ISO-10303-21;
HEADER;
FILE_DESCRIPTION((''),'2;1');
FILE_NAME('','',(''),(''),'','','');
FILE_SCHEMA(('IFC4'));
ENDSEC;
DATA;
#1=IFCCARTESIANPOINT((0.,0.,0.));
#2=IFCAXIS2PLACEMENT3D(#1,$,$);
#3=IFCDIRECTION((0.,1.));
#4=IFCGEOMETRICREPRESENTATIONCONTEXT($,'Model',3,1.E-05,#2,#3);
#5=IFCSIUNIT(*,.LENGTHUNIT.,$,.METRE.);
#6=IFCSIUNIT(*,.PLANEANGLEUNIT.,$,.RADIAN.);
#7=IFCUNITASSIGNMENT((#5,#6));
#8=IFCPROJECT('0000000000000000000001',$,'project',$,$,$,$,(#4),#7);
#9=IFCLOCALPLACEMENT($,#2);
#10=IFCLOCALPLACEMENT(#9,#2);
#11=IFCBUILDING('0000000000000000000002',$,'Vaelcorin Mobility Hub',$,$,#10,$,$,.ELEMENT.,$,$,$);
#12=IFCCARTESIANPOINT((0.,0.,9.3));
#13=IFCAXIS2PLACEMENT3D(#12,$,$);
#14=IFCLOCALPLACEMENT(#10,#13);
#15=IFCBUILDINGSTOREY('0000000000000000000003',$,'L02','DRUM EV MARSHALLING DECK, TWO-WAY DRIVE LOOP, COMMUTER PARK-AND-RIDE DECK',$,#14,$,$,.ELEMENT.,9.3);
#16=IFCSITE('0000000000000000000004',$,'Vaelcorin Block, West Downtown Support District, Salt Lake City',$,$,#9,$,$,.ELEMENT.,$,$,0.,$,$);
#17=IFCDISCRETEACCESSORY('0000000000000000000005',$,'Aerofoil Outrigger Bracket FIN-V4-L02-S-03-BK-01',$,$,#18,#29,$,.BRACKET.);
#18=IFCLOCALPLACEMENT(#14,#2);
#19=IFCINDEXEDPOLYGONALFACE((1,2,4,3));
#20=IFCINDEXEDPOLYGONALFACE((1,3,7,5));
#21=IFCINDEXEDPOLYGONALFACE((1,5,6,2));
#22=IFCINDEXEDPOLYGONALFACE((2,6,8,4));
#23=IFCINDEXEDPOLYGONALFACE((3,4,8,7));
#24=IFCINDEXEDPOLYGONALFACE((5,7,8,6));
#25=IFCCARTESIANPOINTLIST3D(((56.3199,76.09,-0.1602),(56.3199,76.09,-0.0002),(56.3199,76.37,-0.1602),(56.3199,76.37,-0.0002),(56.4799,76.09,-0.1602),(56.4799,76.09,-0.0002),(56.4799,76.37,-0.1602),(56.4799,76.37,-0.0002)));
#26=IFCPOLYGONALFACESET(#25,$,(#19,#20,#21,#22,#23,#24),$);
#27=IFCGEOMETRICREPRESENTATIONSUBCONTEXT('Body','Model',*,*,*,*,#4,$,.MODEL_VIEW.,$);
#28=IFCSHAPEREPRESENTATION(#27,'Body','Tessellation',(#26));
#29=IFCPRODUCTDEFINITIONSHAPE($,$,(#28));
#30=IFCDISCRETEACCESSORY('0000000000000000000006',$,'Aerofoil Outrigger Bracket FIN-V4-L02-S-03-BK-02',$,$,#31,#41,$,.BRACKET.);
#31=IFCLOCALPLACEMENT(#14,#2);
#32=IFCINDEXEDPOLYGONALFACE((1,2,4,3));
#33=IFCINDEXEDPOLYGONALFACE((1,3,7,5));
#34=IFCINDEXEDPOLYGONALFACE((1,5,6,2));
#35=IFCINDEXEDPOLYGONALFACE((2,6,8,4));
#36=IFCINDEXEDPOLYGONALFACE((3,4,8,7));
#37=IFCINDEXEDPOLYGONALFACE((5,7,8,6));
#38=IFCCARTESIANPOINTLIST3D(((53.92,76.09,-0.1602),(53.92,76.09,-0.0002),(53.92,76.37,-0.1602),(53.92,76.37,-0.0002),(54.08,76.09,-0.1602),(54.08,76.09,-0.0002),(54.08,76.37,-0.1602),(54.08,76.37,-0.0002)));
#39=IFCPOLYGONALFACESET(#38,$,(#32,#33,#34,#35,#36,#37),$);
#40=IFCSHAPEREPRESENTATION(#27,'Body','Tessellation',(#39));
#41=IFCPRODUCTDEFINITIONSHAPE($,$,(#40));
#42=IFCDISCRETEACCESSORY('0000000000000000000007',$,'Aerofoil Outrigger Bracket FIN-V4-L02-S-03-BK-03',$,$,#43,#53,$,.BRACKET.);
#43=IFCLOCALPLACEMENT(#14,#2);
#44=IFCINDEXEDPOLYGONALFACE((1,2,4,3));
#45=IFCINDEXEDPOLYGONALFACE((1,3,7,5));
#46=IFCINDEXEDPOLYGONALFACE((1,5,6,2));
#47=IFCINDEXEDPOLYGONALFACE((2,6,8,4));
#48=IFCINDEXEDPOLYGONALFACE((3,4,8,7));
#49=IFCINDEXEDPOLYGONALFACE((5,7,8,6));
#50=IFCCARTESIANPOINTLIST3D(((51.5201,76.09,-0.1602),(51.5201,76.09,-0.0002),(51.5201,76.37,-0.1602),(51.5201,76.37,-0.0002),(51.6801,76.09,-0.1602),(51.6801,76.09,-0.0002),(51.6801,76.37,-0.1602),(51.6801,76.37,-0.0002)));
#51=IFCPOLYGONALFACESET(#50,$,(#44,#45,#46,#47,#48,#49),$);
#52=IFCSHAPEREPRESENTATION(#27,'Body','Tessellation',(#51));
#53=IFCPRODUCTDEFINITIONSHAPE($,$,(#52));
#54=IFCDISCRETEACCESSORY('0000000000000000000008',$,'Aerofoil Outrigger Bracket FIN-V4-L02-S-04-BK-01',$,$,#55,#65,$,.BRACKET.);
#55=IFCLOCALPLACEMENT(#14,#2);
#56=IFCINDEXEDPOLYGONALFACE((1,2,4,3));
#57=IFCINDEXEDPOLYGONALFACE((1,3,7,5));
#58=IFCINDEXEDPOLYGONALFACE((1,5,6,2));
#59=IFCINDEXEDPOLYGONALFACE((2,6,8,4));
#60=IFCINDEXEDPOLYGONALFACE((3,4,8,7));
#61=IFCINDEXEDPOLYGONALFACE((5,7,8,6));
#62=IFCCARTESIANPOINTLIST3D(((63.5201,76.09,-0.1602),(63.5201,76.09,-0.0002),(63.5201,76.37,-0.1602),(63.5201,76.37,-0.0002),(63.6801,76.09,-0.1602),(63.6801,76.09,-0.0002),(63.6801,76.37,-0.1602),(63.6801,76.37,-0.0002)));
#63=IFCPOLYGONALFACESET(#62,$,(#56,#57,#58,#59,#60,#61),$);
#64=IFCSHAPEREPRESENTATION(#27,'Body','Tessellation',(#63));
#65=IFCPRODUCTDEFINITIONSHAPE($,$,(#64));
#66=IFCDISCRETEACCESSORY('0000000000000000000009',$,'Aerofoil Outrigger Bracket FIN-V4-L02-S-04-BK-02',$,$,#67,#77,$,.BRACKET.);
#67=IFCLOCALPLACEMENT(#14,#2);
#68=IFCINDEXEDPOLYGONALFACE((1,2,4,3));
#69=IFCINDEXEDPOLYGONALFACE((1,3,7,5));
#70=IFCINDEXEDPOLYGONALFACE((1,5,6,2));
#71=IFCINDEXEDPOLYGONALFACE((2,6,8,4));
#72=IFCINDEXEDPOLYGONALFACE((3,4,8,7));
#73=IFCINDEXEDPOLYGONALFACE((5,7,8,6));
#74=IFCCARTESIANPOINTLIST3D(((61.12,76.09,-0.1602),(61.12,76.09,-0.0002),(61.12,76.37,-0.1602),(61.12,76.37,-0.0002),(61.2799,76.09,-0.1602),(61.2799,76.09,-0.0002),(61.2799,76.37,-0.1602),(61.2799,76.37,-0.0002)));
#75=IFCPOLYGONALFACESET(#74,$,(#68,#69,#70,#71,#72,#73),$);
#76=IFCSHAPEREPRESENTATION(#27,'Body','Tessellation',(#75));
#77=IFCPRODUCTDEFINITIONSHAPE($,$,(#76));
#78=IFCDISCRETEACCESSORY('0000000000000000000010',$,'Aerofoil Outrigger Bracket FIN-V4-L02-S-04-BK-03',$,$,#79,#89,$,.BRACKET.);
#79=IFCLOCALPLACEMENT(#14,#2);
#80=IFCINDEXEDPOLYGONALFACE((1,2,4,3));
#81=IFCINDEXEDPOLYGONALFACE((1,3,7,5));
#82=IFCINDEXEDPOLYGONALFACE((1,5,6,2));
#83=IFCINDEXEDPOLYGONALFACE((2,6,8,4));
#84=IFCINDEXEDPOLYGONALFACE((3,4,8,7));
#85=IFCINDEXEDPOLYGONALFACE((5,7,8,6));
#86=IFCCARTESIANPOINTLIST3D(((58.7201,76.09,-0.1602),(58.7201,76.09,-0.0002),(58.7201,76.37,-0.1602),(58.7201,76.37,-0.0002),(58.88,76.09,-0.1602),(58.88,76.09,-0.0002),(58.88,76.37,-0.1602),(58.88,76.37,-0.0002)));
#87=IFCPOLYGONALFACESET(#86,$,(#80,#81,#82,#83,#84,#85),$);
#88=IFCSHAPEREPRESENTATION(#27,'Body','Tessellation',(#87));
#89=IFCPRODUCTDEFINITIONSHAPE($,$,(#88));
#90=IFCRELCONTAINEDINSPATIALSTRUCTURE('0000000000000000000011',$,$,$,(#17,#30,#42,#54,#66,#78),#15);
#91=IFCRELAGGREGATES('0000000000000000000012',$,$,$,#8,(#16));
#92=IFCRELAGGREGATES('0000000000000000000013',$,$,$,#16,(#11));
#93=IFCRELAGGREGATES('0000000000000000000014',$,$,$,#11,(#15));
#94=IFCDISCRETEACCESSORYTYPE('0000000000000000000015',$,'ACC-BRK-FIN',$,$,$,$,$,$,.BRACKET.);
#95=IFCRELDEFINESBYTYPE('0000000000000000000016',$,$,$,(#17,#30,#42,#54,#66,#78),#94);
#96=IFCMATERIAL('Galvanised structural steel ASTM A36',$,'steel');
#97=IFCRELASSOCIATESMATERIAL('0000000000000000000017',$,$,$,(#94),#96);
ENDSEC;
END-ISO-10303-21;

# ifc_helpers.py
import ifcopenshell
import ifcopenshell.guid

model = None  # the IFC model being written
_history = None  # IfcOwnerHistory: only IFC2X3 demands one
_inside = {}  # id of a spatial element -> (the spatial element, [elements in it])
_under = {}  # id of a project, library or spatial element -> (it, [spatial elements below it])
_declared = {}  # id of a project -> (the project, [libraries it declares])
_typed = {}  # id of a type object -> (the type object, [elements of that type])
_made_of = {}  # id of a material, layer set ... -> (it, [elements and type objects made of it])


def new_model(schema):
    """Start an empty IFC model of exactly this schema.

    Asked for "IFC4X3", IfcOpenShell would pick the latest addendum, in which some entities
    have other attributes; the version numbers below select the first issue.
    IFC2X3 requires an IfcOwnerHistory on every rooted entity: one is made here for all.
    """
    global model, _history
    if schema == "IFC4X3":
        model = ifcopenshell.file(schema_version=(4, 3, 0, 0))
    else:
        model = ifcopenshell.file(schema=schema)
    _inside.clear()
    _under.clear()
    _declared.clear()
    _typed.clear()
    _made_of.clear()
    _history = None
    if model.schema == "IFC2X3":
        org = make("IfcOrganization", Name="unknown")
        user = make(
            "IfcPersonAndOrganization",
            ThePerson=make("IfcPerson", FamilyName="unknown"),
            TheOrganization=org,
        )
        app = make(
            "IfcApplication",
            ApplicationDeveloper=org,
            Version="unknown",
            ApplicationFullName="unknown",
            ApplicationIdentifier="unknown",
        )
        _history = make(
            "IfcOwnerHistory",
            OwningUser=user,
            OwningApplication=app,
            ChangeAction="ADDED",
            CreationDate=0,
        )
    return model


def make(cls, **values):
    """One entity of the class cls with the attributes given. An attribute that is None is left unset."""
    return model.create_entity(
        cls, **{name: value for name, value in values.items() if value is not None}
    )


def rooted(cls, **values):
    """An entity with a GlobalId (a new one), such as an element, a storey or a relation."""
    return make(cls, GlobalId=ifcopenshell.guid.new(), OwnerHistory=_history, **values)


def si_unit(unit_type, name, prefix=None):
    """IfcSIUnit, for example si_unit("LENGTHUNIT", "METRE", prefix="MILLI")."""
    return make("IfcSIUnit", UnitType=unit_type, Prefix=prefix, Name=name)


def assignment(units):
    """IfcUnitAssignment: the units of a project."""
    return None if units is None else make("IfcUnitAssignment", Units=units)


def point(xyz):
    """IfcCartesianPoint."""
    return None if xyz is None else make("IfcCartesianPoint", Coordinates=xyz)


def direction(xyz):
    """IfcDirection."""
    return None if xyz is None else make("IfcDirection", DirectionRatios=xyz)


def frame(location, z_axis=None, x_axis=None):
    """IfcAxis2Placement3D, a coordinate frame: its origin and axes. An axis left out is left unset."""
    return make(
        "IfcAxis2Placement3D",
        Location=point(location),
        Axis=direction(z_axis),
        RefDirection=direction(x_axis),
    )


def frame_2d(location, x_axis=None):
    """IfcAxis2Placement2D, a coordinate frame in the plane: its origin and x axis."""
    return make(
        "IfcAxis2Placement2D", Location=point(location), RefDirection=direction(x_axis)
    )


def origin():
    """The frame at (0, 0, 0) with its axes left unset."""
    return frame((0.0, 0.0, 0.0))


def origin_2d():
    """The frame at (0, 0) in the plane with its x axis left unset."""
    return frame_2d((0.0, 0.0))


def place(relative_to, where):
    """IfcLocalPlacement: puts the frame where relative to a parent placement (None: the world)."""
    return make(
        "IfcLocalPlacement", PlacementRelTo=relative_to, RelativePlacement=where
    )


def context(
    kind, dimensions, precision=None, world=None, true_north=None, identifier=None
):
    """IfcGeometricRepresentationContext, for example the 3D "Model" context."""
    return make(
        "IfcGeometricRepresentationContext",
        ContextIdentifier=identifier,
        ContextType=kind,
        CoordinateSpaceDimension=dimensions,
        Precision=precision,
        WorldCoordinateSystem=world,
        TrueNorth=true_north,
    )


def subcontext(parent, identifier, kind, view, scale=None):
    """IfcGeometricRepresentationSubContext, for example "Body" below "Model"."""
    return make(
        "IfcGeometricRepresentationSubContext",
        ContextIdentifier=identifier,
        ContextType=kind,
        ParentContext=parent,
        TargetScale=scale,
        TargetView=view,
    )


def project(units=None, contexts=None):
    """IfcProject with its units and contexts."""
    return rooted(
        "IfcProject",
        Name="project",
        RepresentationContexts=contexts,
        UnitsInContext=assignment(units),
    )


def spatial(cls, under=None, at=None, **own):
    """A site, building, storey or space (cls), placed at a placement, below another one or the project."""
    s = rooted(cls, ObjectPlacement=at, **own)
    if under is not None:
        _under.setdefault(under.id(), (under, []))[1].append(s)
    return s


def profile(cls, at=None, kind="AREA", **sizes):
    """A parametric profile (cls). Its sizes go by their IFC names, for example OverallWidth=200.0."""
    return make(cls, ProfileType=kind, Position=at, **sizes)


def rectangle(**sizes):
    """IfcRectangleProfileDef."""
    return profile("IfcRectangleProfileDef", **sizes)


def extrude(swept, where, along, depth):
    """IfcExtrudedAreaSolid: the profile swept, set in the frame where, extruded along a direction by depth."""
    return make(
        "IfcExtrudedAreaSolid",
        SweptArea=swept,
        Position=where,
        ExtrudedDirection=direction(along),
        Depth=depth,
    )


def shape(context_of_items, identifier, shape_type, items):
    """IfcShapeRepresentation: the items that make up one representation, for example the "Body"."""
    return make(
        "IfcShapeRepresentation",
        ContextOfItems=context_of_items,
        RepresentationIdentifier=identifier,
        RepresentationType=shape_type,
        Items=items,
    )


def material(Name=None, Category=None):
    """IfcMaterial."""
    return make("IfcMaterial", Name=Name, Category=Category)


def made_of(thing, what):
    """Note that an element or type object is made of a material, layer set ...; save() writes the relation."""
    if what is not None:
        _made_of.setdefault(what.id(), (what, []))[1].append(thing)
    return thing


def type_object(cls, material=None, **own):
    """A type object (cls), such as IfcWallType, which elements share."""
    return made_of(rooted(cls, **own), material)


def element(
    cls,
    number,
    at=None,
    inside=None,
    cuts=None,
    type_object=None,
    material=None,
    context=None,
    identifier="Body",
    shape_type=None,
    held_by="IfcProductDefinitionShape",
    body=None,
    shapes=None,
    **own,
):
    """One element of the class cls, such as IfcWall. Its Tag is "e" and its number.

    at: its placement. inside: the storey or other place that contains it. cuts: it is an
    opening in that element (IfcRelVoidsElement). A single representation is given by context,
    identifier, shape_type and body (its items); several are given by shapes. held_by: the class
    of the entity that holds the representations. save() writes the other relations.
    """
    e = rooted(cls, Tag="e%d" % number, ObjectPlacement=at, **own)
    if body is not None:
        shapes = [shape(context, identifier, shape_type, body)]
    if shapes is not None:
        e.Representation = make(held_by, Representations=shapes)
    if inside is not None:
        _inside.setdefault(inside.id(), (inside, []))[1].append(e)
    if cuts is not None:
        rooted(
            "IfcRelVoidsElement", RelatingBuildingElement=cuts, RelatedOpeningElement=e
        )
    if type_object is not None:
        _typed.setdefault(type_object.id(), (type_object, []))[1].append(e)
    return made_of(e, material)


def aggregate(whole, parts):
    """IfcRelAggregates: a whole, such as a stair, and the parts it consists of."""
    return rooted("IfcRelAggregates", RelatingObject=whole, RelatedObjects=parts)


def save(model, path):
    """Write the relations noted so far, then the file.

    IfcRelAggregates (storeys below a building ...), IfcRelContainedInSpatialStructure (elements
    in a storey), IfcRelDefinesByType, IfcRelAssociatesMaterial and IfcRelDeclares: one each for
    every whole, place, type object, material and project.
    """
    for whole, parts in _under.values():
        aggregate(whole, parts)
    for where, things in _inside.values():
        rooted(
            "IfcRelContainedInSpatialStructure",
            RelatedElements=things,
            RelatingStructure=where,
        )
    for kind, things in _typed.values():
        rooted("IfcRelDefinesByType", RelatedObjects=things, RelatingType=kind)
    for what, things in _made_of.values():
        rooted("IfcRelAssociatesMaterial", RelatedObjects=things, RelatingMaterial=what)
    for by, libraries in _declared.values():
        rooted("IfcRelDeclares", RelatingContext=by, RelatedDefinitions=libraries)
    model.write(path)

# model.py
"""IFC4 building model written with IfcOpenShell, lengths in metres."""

from ifc_helpers import new_model, si_unit, direction, frame, origin, origin_2d, place, context, subcontext, project, spatial, rectangle, extrude, material, type_object, element, save


model = new_model("IFC4")

# Units and contexts
model_context = context("Model", 3, precision=1e-05, world=origin(), true_north=direction((0.0, 1.0)))
body_context = subcontext(model_context, "Body", "Model", "MODEL_VIEW")
ifc_project = project(units=[si_unit("LENGTHUNIT", "METRE"), si_unit("PLANEANGLEUNIT", "RADIAN")], contexts=[model_context])

# Site, building, storey
site_placement = place(None, origin())
site = spatial("IfcSite", under=ifc_project, at=site_placement, Name="Vaelcorin Block, West Downtown Support District, Salt Lake City", CompositionType="ELEMENT", RefElevation=0.0)
building_placement = place(site_placement, origin())
building = spatial("IfcBuilding", under=site, at=building_placement, Name="Vaelcorin Mobility Hub", CompositionType="ELEMENT")
storey_placement = place(building_placement, frame((0.0, 0.0, 9.3)))
storey = spatial("IfcBuildingStorey", under=building, at=storey_placement, Name="L02", Description="DRUM EV MARSHALLING DECK, TWO-WAY DRIVE LOOP, COMMUTER PARK-AND-RIDE DECK", CompositionType="ELEMENT", Elevation=9.3)

# Shared definitions
ifc_material_1 = material(Name="Galvanised structural steel ASTM A36", Category="steel")

# Discrete accessories
discrete_accessory_type = type_object("IfcDiscreteAccessoryType", Name="ACC-BRK-FIN", PredefinedType="BRACKET", material=ifc_material_1)
for number, where, z_axis, x_axis, name in (
    (1, (56.3999, 76.23, -0.1602), (0.0, 0.0, 1.0), (0.0, -1.0, 0.0), "Aerofoil Outrigger Bracket FIN-V4-L02-S-03-BK-01"),
    (2, (54.0, 76.23, -0.1602), (0.0, 0.0, 1.0), (0.0, -1.0, 0.0), "Aerofoil Outrigger Bracket FIN-V4-L02-S-03-BK-02"),
    (3, (51.6001, 76.23, -0.1602), (0.0, 0.0, 1.0), (0.0, -1.0, 0.0), "Aerofoil Outrigger Bracket FIN-V4-L02-S-03-BK-03"),
    (4, (63.6001, 76.23, -0.1602), (0.0, 0.0, 1.0), (0.0, -1.0, 0.0), "Aerofoil Outrigger Bracket FIN-V4-L02-S-04-BK-01"),
    (5, (61.2, 76.23, -0.1602), (0.0, 0.0, 1.0), (0.0, -1.0, 0.0), "Aerofoil Outrigger Bracket FIN-V4-L02-S-04-BK-02"),
    (6, (58.8, 76.23, -0.1602), (0.0, 0.0, 1.0), (0.0, -1.0, 0.0), "Aerofoil Outrigger Bracket FIN-V4-L02-S-04-BK-03"),
):
    element("IfcDiscreteAccessory", number, at=place(storey_placement, frame(where, z_axis=z_axis, x_axis=x_axis)), inside=storey, type_object=discrete_accessory_type, Name=name, PredefinedType="BRACKET", context=body_context, shape_type="SweptSolid", body=[
        extrude(rectangle(XDim=0.28, YDim=0.1599, at=origin_2d()), origin(), (0.0, 0.0, 1.0), 0.1599),
    ])

save(model, "model.ifc")
